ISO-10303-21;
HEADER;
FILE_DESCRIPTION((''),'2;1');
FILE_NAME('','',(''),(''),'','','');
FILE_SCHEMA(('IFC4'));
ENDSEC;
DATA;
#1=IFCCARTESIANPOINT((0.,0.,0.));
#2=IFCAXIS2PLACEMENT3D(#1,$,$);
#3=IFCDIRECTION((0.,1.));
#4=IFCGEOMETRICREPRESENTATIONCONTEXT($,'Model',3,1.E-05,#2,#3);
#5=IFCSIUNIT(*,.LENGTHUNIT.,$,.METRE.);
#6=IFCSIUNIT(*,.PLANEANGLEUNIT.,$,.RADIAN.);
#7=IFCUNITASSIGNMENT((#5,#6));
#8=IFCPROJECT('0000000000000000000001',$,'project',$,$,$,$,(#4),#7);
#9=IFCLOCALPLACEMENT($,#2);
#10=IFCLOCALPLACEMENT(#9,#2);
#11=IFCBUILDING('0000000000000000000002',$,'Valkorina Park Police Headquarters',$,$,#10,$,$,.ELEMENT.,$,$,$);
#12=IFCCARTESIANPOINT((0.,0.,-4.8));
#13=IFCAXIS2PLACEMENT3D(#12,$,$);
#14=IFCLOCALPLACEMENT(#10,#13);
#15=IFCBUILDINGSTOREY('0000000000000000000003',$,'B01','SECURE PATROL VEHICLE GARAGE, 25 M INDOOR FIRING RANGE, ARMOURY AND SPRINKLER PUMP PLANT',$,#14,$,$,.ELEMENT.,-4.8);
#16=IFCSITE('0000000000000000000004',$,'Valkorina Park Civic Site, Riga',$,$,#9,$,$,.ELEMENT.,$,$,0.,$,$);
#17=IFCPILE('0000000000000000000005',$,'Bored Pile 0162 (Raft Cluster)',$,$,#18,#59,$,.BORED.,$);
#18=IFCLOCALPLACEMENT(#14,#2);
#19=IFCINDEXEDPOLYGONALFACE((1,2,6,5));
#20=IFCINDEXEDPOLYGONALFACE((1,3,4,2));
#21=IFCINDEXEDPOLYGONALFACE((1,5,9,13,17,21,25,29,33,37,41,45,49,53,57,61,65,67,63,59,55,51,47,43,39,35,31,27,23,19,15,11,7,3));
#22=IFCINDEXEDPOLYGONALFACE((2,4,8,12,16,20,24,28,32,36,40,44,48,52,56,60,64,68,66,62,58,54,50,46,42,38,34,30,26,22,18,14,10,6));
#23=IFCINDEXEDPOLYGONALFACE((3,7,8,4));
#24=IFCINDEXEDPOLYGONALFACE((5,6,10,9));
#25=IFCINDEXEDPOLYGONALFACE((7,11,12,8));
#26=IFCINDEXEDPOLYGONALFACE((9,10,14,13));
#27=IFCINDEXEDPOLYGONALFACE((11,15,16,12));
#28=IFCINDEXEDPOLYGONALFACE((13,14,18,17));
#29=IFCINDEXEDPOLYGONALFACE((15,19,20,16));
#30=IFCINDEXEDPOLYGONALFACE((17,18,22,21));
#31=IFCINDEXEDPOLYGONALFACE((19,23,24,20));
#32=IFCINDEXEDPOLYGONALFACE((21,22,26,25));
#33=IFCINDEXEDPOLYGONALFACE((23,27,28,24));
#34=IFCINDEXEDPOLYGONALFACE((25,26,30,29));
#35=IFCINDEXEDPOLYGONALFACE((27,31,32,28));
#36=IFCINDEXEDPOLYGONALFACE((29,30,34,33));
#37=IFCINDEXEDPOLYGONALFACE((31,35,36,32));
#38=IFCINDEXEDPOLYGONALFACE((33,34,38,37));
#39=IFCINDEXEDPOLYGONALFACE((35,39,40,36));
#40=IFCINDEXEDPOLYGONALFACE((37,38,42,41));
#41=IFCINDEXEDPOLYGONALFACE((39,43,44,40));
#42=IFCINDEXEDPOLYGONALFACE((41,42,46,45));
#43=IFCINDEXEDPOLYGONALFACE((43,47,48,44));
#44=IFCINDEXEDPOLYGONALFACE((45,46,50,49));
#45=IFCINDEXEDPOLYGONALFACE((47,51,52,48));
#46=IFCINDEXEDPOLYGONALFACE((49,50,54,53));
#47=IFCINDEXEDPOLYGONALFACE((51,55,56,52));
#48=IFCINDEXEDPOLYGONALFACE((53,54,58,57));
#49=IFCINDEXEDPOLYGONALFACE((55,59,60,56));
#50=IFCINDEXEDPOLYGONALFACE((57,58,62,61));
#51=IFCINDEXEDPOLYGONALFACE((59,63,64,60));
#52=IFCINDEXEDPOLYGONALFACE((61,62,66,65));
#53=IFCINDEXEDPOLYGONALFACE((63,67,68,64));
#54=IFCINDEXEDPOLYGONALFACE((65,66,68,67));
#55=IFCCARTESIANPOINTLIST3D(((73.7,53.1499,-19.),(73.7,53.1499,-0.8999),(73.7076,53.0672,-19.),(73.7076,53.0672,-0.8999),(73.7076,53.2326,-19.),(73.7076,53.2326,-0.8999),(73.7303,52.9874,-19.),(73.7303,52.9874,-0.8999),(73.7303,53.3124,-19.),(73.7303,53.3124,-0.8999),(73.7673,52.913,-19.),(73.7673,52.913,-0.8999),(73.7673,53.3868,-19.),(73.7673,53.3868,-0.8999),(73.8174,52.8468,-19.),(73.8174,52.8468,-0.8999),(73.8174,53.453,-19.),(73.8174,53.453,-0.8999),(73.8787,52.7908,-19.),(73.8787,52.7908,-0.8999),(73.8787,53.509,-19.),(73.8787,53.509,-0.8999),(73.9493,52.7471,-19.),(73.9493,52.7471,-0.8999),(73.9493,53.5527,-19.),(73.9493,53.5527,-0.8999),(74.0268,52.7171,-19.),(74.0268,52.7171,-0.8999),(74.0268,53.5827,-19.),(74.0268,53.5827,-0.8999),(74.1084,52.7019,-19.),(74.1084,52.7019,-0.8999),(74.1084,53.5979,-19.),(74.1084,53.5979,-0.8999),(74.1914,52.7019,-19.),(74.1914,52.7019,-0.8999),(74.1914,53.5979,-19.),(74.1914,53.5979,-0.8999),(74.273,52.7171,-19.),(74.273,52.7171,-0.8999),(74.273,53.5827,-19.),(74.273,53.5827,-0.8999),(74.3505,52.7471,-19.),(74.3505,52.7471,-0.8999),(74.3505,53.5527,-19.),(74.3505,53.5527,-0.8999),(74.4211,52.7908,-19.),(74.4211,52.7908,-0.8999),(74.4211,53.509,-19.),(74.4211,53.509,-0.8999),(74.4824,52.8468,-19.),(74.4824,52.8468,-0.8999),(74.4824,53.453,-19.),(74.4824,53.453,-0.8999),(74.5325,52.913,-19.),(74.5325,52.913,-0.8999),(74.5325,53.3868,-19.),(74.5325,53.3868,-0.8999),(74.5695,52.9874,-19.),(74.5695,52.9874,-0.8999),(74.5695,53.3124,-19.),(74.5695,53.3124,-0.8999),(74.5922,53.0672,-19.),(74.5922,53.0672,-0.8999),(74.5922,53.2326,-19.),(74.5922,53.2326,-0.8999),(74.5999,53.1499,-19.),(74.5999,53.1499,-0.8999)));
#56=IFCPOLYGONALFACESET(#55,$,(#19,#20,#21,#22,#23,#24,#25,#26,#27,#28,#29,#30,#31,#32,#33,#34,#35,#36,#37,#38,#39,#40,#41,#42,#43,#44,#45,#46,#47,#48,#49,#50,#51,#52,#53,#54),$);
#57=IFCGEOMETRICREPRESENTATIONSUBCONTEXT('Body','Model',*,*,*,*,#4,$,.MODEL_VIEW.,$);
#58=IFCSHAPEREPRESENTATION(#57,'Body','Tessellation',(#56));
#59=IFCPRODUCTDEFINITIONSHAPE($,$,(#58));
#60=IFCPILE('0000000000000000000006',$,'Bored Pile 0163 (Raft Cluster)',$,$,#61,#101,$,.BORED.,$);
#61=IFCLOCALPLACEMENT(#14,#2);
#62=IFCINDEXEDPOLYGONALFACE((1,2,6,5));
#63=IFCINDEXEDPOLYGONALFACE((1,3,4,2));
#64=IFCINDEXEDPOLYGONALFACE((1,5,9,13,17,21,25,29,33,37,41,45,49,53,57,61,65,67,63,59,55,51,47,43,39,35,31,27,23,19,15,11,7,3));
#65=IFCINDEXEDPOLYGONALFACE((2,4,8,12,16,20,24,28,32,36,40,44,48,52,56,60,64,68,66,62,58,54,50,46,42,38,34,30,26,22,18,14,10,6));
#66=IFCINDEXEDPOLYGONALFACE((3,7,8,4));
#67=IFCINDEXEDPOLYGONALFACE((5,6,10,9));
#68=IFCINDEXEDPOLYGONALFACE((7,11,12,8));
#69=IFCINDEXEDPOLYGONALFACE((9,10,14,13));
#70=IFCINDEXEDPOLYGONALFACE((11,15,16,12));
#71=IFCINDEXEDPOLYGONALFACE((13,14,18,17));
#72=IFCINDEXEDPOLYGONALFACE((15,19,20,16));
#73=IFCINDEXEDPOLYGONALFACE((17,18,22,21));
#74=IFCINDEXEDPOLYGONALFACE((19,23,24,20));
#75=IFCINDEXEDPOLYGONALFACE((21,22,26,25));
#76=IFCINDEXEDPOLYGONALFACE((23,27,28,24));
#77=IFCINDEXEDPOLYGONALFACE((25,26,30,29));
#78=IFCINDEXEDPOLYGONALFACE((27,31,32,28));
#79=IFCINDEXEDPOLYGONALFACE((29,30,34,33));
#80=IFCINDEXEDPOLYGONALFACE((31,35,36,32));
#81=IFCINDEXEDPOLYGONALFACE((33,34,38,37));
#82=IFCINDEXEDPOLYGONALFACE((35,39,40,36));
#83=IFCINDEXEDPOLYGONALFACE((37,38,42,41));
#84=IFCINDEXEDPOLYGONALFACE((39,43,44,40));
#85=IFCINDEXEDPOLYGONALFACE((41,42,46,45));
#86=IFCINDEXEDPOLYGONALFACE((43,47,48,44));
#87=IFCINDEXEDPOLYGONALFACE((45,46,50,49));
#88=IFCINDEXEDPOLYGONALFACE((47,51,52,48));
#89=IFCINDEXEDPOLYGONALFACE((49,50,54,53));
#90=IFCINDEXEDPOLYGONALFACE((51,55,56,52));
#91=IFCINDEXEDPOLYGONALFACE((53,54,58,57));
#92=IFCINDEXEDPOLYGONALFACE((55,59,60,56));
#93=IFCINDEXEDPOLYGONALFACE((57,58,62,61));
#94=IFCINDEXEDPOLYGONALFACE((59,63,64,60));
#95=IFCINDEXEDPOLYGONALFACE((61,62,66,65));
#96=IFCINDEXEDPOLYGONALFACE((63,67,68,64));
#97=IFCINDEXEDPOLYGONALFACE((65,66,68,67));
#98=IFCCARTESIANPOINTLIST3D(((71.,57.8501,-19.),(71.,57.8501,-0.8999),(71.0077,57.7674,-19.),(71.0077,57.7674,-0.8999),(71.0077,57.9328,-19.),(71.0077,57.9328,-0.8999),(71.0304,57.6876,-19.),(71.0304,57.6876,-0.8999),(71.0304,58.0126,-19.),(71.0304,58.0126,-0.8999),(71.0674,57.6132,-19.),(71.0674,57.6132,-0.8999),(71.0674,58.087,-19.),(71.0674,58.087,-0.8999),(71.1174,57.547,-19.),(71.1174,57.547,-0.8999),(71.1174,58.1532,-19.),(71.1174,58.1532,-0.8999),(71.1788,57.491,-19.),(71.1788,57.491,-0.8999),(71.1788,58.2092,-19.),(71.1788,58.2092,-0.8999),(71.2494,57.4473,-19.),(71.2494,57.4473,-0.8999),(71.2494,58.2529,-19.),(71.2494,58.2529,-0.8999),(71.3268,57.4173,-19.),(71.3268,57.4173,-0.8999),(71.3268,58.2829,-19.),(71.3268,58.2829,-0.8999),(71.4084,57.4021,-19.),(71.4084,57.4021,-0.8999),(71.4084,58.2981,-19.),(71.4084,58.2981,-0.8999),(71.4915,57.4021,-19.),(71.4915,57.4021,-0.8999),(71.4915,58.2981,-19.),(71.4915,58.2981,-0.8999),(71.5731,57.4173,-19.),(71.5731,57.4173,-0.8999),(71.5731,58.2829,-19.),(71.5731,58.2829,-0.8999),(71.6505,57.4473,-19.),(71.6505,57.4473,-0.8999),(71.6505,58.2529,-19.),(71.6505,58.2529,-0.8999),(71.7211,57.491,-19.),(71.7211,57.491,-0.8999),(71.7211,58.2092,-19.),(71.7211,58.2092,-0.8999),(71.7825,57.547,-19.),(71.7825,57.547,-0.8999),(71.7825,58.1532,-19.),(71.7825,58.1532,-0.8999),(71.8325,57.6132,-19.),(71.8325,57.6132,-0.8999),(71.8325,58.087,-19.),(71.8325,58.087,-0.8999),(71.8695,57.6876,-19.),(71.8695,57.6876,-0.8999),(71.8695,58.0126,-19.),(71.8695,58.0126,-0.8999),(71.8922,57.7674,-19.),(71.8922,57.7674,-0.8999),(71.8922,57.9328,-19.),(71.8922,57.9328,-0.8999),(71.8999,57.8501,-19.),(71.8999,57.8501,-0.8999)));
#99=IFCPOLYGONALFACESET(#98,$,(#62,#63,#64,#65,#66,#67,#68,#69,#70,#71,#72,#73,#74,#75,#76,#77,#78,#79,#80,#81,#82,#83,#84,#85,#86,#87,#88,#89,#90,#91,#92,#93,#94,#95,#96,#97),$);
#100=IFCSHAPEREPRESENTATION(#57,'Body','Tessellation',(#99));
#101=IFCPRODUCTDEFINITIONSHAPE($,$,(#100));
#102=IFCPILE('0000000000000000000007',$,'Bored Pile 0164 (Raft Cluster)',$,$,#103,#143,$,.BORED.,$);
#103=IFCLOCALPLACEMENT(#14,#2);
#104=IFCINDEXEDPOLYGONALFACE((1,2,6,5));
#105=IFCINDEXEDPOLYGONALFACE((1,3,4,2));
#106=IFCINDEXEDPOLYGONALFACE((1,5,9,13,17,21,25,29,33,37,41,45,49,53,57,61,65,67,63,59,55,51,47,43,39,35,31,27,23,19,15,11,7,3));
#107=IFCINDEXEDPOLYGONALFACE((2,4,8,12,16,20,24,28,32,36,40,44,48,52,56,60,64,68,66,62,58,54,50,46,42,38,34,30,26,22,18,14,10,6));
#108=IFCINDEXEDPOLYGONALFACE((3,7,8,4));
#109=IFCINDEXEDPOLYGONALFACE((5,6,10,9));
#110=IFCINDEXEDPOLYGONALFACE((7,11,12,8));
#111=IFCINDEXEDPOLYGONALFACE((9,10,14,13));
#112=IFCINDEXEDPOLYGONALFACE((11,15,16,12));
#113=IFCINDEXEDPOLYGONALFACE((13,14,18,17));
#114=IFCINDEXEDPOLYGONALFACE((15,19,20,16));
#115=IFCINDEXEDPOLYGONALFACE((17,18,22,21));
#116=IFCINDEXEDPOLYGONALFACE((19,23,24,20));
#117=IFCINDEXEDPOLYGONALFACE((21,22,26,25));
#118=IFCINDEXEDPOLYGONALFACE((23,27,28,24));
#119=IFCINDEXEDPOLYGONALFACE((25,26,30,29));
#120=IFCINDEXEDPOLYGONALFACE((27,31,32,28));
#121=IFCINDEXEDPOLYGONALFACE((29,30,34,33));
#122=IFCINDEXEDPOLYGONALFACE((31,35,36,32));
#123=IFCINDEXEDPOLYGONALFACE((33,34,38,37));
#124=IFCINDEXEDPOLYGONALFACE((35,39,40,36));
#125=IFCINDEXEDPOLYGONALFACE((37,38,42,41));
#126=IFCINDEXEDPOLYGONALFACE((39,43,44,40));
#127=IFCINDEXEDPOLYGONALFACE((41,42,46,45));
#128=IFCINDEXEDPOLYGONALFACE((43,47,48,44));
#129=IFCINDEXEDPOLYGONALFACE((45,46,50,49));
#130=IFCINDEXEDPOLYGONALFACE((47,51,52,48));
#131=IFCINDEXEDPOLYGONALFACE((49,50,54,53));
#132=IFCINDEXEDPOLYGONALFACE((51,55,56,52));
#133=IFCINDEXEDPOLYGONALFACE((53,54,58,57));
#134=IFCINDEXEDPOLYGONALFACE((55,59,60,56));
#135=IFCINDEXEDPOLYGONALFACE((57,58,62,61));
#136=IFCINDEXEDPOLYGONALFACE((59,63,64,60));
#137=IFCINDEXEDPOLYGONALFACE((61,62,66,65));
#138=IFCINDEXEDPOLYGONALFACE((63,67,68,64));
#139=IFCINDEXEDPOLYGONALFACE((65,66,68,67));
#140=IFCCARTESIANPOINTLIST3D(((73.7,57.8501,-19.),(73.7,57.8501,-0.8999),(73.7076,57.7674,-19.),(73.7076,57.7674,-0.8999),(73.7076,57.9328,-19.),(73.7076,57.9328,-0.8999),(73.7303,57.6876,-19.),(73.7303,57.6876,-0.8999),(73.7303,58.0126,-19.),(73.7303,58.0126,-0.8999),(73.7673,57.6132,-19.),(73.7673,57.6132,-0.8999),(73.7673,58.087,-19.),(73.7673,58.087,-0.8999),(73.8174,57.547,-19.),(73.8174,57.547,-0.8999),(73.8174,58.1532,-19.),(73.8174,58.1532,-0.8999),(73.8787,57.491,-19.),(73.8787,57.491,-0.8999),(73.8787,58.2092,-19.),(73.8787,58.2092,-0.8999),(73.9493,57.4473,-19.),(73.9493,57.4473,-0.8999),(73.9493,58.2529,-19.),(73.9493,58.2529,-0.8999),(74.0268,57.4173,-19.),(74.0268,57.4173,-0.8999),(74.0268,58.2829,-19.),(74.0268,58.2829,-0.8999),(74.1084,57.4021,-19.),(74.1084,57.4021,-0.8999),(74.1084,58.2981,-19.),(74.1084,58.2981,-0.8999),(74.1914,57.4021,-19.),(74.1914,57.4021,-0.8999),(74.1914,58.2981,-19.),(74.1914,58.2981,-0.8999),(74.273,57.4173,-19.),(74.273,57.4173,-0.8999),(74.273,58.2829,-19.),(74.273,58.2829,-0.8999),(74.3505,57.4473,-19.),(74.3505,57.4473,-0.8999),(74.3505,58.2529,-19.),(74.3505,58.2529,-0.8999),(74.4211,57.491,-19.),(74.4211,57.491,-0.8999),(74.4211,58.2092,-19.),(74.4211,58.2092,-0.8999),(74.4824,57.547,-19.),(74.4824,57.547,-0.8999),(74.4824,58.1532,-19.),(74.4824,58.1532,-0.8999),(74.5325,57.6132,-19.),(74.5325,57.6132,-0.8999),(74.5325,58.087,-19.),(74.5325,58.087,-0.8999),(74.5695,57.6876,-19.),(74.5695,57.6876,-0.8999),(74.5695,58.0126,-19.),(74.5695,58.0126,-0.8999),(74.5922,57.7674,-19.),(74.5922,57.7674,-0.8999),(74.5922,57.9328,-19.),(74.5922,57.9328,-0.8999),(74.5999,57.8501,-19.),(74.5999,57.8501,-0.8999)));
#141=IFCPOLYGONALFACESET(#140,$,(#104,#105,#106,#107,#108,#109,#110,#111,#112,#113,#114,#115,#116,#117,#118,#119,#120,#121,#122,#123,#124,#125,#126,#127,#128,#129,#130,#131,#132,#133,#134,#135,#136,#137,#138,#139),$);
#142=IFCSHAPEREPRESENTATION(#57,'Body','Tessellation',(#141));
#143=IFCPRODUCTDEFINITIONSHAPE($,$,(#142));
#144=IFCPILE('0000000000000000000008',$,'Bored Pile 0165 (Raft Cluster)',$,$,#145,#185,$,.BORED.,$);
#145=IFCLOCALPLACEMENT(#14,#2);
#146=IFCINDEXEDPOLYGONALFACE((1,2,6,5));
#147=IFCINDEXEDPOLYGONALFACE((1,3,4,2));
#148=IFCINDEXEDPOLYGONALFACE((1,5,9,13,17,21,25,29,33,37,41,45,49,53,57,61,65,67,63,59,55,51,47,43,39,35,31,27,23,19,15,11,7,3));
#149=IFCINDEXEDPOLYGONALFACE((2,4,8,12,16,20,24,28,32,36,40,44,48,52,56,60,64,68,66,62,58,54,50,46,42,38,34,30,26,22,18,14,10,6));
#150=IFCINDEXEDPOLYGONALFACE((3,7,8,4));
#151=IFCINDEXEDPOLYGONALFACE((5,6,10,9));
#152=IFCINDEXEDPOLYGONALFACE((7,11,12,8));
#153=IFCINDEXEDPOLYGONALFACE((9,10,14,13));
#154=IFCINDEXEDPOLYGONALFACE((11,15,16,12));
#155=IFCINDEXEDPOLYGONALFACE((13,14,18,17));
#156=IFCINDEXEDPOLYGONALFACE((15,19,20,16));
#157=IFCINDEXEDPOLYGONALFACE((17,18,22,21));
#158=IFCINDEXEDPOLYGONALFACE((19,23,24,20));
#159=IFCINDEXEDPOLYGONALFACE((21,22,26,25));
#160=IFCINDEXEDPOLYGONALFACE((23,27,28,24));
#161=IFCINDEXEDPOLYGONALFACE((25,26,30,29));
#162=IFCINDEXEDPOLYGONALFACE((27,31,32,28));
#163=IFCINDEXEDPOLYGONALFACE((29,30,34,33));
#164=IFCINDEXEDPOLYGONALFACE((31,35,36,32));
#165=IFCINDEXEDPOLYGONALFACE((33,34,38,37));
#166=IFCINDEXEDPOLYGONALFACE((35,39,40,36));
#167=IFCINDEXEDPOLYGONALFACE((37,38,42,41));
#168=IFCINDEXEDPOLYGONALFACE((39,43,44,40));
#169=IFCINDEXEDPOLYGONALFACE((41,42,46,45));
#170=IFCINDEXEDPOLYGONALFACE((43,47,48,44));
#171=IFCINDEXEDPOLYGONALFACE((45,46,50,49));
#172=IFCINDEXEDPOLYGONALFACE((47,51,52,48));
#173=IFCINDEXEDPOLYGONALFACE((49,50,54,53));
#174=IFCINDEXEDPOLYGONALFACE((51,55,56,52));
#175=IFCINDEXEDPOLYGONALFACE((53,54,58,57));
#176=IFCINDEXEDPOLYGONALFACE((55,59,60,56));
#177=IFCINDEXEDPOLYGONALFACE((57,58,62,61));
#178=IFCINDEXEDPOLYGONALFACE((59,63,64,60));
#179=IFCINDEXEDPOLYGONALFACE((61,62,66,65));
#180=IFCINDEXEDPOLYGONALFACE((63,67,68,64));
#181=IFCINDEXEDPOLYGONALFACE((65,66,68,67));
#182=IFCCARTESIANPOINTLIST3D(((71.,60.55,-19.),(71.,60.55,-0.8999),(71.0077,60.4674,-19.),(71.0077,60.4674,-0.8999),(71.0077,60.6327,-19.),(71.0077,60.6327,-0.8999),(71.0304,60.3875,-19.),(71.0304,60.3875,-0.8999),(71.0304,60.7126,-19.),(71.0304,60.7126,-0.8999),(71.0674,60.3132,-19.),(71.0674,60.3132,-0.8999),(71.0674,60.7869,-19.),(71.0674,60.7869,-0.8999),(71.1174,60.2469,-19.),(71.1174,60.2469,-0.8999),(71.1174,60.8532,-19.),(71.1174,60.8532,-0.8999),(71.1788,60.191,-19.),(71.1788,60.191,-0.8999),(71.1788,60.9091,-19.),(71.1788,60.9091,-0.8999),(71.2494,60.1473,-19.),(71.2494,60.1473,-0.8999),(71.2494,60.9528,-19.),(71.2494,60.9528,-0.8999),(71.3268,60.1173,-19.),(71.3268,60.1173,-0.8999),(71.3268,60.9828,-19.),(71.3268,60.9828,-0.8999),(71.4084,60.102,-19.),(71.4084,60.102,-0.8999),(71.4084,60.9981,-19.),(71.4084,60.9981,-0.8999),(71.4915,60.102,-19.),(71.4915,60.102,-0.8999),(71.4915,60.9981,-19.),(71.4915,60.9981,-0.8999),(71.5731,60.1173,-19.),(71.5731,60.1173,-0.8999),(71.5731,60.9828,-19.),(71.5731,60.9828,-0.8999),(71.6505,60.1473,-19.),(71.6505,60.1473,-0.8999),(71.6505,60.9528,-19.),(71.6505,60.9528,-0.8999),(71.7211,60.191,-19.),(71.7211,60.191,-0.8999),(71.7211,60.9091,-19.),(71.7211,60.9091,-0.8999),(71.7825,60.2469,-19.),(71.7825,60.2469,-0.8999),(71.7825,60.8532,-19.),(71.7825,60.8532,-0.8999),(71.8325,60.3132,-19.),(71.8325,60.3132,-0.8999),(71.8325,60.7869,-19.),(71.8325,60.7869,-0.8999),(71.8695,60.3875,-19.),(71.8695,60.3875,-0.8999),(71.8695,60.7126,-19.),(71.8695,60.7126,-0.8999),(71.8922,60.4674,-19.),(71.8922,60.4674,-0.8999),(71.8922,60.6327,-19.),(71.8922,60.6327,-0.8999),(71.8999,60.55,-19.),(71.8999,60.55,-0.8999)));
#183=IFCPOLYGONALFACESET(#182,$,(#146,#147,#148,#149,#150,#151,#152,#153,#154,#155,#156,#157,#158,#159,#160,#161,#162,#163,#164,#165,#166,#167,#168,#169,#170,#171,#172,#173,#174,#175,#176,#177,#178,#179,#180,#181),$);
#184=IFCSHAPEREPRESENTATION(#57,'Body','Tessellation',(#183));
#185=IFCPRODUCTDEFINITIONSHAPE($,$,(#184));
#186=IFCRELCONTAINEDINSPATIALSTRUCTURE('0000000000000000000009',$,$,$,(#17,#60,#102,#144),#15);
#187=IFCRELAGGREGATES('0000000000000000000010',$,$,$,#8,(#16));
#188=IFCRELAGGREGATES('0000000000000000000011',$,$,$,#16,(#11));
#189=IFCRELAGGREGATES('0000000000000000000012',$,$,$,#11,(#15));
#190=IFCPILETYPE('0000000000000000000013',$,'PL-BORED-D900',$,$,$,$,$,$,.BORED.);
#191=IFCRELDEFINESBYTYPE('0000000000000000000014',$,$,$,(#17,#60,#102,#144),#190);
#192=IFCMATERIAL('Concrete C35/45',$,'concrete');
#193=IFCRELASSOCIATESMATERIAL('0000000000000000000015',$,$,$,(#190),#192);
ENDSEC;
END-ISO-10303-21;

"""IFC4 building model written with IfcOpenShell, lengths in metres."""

from ifc_helpers import new_model, si_unit, direction, frame, origin, origin_2d, place, context, subcontext, project, spatial, circle, extrude, material, material_profile, profile_set, type_object, element, save


model = new_model("IFC4")

# Units and contexts
model_context = context("Model", 3, precision=1e-05, world=origin(), true_north=direction((0.0, 1.0)))
body_context = subcontext(model_context, "Body", "Model", "MODEL_VIEW")
ifc_project = project(units=[si_unit("LENGTHUNIT", "METRE"), si_unit("PLANEANGLEUNIT", "RADIAN")], contexts=[model_context])

# Site, building, storey
site_placement = place(None, origin())
site = spatial("IfcSite", under=ifc_project, at=site_placement, Name="Valkorina Park Civic Site, Riga", CompositionType="ELEMENT", RefElevation=0.0)
building_placement = place(site_placement, origin())
building = spatial("IfcBuilding", under=site, at=building_placement, Name="Valkorina Park Police Headquarters", CompositionType="ELEMENT")
storey_placement = place(building_placement, frame((0.0, 0.0, -4.8)))
storey = spatial("IfcBuildingStorey", under=building, at=storey_placement, Name="B01", Description="SECURE PATROL VEHICLE GARAGE, 25 M INDOOR FIRING RANGE, ARMOURY AND SPRINKLER PUMP PLANT", CompositionType="ELEMENT", Elevation=-4.8)

# Piles
ifc_material_1 = material(Name="Concrete C35/45", Category="concrete")
ifc_material_profile_1 = material_profile(ifc_material_1, circle(Radius=0.45, at=origin_2d()), Name="BORED PILE D900")
ifc_profile_set_1 = profile_set([ifc_material_profile_1], Name="Concrete C35/45")
pile_type = type_object("IfcPileType", Name="PL-BORED-D900", PredefinedType="BORED", material=ifc_profile_set_1)
for number, where, z_axis, x_axis, name in (
    (1, (74.1499, 53.1499, -0.8999), (0.0, 0.0, -1.0), (1.0, 0.0, 0.0), "Bored Pile 0162 (Raft Cluster)"),
    (2, (71.45, 57.8501, -0.8999), (0.0, 0.0, -1.0), (1.0, 0.0, 0.0), "Bored Pile 0163 (Raft Cluster)"),
    (3, (74.1499, 57.8501, -0.8999), (0.0, 0.0, -1.0), (1.0, 0.0, 0.0), "Bored Pile 0164 (Raft Cluster)"),
    (4, (71.45, 60.55, -0.8999), (0.0, 0.0, -1.0), (1.0, 0.0, 0.0), "Bored Pile 0165 (Raft Cluster)"),
):
    element("IfcPile", number, at=place(storey_placement, frame(where, z_axis=z_axis, x_axis=x_axis)), inside=storey, type_object=pile_type, Name=name, PredefinedType="BORED", context=body_context, shape_type="SweptSolid", body=[
        extrude(circle(Radius=0.45, at=origin_2d()), origin(), (0.0, 0.0, 1.0), 18.1001),
    ])

save(model, "model.ifc")
